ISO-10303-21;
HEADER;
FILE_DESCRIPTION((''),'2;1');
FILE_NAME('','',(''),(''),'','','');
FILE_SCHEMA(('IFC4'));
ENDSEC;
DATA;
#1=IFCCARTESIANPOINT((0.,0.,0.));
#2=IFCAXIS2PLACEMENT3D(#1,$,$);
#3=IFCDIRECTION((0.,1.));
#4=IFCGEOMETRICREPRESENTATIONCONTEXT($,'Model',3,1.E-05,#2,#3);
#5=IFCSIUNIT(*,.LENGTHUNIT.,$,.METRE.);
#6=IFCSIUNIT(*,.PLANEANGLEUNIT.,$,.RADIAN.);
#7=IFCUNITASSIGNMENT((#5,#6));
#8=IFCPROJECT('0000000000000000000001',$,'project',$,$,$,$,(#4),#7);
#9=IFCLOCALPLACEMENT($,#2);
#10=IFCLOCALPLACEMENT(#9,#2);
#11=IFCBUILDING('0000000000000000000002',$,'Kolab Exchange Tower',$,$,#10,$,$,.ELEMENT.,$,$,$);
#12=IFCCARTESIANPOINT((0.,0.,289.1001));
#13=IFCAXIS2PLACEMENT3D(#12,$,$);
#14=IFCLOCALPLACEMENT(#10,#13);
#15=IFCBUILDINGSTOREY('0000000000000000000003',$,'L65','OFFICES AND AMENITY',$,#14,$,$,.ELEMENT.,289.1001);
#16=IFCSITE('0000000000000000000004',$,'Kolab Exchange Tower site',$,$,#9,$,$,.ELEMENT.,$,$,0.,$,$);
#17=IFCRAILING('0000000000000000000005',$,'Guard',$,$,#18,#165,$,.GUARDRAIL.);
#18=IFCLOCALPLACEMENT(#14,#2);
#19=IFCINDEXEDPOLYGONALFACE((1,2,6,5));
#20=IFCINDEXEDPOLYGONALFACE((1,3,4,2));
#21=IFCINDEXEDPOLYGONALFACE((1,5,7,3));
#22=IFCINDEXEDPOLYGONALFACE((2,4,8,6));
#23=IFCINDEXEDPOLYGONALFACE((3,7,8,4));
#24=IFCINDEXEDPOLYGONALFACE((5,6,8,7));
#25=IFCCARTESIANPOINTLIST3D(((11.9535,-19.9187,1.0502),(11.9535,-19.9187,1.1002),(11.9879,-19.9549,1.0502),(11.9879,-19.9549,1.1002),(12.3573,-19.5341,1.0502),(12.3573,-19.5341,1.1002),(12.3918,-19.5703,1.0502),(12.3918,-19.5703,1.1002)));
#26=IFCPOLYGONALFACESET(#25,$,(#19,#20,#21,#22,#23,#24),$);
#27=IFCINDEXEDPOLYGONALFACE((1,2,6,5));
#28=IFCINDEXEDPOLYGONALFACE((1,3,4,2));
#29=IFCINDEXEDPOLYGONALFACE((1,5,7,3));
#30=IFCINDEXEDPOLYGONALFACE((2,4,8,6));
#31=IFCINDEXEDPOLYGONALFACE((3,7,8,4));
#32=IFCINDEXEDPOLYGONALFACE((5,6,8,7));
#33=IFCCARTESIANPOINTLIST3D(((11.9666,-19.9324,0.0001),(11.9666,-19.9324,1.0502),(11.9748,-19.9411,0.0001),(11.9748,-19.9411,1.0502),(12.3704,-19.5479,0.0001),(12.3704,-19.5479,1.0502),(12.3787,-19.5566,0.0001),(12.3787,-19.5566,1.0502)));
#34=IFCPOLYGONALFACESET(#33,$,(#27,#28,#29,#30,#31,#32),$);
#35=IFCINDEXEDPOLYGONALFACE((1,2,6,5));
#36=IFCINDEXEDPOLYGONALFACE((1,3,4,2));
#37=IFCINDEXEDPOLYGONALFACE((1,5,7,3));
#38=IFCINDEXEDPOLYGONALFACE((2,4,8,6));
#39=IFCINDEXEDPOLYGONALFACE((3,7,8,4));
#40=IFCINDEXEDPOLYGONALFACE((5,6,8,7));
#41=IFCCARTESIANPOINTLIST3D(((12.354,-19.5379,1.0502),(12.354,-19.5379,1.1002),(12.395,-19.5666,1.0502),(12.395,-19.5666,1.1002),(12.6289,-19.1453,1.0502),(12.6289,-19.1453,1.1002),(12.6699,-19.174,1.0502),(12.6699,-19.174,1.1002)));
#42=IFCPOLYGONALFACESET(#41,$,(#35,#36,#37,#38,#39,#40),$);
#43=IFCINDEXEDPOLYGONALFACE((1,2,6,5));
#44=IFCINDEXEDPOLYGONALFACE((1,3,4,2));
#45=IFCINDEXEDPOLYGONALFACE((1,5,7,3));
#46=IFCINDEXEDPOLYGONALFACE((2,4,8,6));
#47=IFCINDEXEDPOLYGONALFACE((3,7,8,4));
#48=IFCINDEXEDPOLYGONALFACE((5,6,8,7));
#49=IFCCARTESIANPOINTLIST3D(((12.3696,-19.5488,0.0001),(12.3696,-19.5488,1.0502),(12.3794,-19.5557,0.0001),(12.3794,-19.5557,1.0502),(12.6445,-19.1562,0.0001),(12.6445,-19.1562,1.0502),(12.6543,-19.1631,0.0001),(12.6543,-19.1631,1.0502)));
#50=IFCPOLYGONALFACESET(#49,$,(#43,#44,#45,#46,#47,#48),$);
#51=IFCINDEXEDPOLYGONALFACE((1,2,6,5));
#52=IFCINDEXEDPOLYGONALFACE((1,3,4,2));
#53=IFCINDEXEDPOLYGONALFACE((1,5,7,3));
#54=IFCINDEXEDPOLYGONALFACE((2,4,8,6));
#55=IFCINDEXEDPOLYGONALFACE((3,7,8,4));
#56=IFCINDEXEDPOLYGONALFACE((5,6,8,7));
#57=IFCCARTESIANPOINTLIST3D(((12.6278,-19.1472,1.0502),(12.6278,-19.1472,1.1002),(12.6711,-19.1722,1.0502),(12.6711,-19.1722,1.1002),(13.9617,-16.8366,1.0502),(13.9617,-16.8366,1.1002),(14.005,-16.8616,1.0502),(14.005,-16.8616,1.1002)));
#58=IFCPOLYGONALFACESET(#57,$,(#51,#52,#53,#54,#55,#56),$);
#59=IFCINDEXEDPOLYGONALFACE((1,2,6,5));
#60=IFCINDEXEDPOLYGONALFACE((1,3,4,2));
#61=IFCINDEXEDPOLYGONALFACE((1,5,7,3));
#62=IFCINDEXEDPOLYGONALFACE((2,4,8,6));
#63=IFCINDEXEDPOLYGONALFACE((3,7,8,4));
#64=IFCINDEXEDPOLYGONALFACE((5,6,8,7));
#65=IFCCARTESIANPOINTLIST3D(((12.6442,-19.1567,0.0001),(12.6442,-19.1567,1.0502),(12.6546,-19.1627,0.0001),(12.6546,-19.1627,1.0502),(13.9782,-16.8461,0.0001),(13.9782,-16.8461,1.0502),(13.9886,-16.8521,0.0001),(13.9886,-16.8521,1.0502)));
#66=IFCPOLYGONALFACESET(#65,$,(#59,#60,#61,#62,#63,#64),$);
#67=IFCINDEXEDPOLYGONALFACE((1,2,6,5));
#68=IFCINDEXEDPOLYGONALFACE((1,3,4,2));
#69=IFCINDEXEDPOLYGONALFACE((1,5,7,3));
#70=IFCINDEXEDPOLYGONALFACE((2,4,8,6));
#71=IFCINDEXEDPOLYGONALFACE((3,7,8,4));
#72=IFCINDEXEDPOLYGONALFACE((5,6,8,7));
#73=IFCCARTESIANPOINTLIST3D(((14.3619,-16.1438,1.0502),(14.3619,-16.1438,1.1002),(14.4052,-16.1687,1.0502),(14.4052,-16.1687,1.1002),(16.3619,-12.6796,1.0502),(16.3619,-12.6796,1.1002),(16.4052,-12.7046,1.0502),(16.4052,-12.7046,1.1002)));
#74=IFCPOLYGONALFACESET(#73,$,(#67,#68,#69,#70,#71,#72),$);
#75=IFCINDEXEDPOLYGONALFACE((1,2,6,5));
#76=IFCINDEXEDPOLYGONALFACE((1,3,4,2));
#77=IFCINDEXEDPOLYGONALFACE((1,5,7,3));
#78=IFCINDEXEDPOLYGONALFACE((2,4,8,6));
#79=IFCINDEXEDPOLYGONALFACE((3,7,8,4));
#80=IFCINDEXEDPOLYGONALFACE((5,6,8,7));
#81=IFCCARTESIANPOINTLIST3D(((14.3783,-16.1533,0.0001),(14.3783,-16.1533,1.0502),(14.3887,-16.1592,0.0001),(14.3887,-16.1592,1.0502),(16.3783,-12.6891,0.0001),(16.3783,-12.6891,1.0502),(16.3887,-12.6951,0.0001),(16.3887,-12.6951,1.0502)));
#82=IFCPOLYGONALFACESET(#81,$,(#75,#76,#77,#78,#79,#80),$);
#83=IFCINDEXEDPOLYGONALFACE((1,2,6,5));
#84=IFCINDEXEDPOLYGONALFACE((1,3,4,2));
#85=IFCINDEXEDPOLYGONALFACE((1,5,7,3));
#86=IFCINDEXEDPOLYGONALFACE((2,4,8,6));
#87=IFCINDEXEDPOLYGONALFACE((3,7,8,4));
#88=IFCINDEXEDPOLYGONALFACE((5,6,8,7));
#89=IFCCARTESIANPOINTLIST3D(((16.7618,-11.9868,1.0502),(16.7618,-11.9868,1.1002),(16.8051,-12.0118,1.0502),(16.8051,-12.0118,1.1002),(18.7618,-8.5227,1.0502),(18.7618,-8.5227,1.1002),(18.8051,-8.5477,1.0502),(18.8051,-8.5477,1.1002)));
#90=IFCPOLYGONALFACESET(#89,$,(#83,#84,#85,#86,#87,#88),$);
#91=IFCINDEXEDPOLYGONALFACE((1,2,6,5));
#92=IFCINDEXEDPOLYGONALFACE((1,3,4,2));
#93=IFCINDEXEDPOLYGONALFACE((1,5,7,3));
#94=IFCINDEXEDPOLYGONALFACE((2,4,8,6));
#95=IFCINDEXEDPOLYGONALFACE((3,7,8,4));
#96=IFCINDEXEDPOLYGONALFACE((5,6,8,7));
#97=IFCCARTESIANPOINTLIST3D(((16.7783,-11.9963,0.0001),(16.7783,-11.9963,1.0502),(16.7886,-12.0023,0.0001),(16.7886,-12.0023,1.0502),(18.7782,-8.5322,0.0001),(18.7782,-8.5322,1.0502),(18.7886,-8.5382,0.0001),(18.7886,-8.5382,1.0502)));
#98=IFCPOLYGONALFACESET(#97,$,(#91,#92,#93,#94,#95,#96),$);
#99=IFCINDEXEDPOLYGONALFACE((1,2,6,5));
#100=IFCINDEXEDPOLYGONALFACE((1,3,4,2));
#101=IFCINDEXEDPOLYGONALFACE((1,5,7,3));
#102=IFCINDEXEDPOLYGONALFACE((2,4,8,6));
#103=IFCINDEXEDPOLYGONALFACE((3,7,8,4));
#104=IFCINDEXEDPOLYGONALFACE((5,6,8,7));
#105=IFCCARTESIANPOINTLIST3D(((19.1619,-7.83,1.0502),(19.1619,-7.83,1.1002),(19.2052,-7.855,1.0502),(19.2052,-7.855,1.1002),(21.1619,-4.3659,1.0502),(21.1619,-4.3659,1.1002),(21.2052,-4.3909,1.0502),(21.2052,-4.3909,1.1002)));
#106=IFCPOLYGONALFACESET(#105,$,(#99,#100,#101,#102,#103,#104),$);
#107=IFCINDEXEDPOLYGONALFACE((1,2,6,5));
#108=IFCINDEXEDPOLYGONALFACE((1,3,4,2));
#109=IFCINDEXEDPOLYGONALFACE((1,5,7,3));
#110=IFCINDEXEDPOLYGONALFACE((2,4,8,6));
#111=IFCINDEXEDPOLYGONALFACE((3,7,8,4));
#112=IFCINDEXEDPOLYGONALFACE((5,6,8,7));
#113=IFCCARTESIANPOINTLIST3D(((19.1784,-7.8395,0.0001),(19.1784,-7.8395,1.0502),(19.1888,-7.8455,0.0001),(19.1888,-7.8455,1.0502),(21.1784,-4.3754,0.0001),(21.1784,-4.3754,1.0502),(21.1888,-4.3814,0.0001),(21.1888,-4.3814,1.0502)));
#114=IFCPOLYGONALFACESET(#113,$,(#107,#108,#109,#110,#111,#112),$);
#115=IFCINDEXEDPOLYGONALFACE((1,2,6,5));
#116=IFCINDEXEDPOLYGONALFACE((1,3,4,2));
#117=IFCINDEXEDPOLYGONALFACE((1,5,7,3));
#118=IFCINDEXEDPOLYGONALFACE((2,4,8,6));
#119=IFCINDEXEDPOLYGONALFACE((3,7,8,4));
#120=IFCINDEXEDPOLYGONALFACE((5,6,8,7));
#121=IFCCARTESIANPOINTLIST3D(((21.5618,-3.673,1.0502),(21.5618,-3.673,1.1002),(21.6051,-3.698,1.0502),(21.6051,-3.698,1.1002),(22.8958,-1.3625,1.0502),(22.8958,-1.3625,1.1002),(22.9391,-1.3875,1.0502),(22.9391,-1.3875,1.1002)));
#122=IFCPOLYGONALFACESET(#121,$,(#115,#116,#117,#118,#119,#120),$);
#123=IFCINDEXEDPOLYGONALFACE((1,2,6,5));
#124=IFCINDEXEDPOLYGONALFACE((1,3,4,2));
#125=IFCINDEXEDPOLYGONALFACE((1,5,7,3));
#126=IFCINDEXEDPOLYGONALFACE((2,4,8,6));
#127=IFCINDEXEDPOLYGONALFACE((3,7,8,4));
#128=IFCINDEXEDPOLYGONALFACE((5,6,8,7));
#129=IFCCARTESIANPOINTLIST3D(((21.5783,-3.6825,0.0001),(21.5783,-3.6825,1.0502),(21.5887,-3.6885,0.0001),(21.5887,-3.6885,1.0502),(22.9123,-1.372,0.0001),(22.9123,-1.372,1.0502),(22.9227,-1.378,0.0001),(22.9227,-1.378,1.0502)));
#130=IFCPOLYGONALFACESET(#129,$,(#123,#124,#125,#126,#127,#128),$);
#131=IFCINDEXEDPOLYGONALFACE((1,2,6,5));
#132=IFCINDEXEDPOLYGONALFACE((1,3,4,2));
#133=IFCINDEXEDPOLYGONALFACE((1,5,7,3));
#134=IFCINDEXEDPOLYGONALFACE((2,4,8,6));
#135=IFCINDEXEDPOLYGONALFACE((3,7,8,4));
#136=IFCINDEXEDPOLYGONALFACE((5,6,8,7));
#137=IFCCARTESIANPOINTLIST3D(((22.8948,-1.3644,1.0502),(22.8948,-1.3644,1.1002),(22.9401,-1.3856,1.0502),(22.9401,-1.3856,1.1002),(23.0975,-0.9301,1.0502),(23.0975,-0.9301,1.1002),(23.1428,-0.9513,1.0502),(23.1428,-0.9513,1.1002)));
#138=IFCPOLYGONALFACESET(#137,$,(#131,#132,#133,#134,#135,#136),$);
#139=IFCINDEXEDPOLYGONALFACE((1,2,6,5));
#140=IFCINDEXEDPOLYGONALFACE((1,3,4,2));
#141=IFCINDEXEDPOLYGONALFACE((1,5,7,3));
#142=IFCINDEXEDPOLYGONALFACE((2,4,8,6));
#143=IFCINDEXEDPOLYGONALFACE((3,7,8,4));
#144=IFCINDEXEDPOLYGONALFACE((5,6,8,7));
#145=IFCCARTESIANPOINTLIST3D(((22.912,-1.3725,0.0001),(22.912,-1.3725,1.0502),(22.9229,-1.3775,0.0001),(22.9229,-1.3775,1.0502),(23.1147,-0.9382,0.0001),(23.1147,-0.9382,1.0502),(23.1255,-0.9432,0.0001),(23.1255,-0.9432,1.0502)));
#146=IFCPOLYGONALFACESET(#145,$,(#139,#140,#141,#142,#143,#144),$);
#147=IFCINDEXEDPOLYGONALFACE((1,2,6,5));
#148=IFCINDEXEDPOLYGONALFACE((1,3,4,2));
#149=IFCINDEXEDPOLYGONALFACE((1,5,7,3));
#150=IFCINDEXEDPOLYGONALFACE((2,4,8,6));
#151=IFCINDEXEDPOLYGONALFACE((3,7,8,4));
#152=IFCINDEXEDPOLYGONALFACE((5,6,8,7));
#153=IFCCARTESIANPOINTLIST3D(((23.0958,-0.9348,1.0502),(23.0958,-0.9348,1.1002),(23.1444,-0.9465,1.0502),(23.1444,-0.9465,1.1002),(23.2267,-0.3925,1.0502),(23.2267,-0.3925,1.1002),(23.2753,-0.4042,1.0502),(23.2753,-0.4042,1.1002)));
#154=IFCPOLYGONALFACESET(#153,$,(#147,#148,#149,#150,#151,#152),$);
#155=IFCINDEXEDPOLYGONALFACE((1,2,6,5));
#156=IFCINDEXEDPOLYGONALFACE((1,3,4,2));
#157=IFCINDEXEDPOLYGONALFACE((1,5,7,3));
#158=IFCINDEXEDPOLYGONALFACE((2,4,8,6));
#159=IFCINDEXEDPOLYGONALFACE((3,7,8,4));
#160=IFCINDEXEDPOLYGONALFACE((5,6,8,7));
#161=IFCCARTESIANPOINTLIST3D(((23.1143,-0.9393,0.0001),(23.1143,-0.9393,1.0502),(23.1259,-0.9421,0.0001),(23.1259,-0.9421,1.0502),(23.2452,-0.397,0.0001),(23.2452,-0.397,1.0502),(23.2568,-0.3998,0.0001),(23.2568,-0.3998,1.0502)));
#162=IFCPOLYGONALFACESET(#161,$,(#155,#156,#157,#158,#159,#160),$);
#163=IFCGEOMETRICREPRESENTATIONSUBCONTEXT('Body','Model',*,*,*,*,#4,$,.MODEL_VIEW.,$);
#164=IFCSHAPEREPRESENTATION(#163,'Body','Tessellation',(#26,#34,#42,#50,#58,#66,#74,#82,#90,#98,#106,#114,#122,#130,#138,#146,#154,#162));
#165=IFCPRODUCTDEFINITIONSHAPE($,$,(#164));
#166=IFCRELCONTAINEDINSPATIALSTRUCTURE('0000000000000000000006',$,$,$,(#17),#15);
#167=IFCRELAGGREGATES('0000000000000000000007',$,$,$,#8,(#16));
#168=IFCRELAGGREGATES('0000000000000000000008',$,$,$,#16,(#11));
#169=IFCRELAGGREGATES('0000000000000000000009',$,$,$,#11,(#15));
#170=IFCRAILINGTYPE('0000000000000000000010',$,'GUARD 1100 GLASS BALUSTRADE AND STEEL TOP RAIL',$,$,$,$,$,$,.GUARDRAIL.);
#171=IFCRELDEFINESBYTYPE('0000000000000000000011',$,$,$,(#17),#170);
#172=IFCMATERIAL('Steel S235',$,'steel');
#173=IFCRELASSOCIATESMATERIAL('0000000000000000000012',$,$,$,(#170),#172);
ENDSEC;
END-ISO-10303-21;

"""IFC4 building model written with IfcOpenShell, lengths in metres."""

from ifc_helpers import new_model, si_unit, direction, frame, frame_2d, origin, origin_2d, place, context, subcontext, project, spatial, rectangle, extrude, material, type_object, element, save


model = new_model("IFC4")

# Units and contexts
model_context = context("Model", 3, precision=1e-05, world=origin(), true_north=direction((0.0, 1.0)))
body_context = subcontext(model_context, "Body", "Model", "MODEL_VIEW")
ifc_project = project(units=[si_unit("LENGTHUNIT", "METRE"), si_unit("PLANEANGLEUNIT", "RADIAN")], contexts=[model_context])

# Site, building, storey
site_placement = place(None, origin())
site = spatial("IfcSite", under=ifc_project, at=site_placement, Name="Kolab Exchange Tower site", CompositionType="ELEMENT", RefElevation=0.0)
building_placement = place(site_placement, origin())
building = spatial("IfcBuilding", under=site, at=building_placement, Name="Kolab Exchange Tower", CompositionType="ELEMENT")
storey_placement = place(building_placement, frame((0.0, 0.0, 289.1001)))
storey = spatial("IfcBuildingStorey", under=building, at=storey_placement, Name="L65", Description="OFFICES AND AMENITY", CompositionType="ELEMENT", Elevation=289.1001)

# Railing
ifc_material_1 = material(Name="Steel S235", Category="steel")
railing_type = type_object("IfcRailingType", Name="GUARD 1100 GLASS BALUSTRADE AND STEEL TOP RAIL", PredefinedType="GUARDRAIL", material=ifc_material_1)
railing_placement = place(storey_placement, frame((11.9707, -19.9368, 0.0)))
element("IfcRailing", 1, at=railing_placement, inside=storey, type_object=railing_type, Name="Guard", PredefinedType="GUARDRAIL", context=body_context, shape_type="SweptSolid", body=[
    extrude(rectangle(XDim=0.05, YDim=0.05, at=origin_2d()), frame((0.0, 0.0, 1.0752), z_axis=(0.72419, 0.689601, 0.0), x_axis=(-0.689601, 0.72419, 0.0)), (0.0, 0.0, 1.0), 0.5576),
    extrude(rectangle(XDim=0.012, YDim=1.0501, at=frame_2d((0.0, 0.5251))), frame((0.0, 0.0, 0.0), z_axis=(0.72419, 0.689601, 0.0), x_axis=(-0.689601, 0.72419, 0.0)), (0.0, 0.0, 1.0), 0.5576),
    extrude(rectangle(XDim=0.05, YDim=0.05, at=origin_2d()), frame((0.4038, 0.3845, 1.0752), z_axis=(0.573599, 0.819136, 0.0), x_axis=(-0.819136, 0.573599, 0.0)), (0.0, 0.0, 1.0), 0.4792),
    extrude(rectangle(XDim=0.012, YDim=1.0501, at=frame_2d((0.0, 0.5251))), frame((0.4038, 0.3845, 0.0), z_axis=(0.573599, 0.819136, 0.0), x_axis=(-0.819136, 0.573599, 0.0)), (0.0, 0.0, 1.0), 0.4792),
    extrude(rectangle(XDim=0.05, YDim=0.05, at=origin_2d()), frame((0.6787, 0.7771, 1.0752), z_axis=(0.499997, 0.866027, 0.0), x_axis=(-0.866027, 0.499997, 0.0)), (0.0, 0.0, 1.0), 2.668),
    extrude(rectangle(XDim=0.012, YDim=1.0501, at=frame_2d((0.0, 0.5251))), frame((0.6787, 0.7771, 0.0), z_axis=(0.499997, 0.866027, 0.0), x_axis=(-0.866027, 0.499997, 0.0)), (0.0, 0.0, 1.0), 2.668),
    extrude(rectangle(XDim=0.05, YDim=0.05, at=origin_2d()), frame((2.4128, 3.7805, 1.0752), z_axis=(0.499999, 0.866026, 0.0), x_axis=(-0.866026, 0.499999, 0.0)), (0.0, 0.0, 1.0), 4.0),
    extrude(rectangle(XDim=0.012, YDim=1.0501, at=frame_2d((0.0, 0.5251))), frame((2.4128, 3.7805, 0.0), z_axis=(0.499999, 0.866026, 0.0), x_axis=(-0.866026, 0.499999, 0.0)), (0.0, 0.0, 1.0), 4.0),
    extrude(rectangle(XDim=0.05, YDim=0.05, at=origin_2d()), frame((4.8127, 7.9375, 1.0752), z_axis=(0.499999, 0.866026, 0.0), x_axis=(-0.866026, 0.499999, 0.0)), (0.0, 0.0, 1.0), 4.0),
    extrude(rectangle(XDim=0.012, YDim=1.0501, at=frame_2d((0.0, 0.5251))), frame((4.8127, 7.9375, 0.0), z_axis=(0.499999, 0.866026, 0.0), x_axis=(-0.866026, 0.499999, 0.0)), (0.0, 0.0, 1.0), 4.0),
    extrude(rectangle(XDim=0.05, YDim=0.05, at=origin_2d()), frame((7.2129, 12.0942, 1.0752), z_axis=(0.499999, 0.866026, 0.0), x_axis=(-0.866026, 0.499999, 0.0)), (0.0, 0.0, 1.0), 4.0),
    extrude(rectangle(XDim=0.012, YDim=1.0501, at=frame_2d((0.0, 0.5251))), frame((7.2129, 12.0942, 0.0), z_axis=(0.499999, 0.866026, 0.0), x_axis=(-0.866026, 0.499999, 0.0)), (0.0, 0.0, 1.0), 4.0),
    extrude(rectangle(XDim=0.05, YDim=0.05, at=origin_2d()), frame((9.6128, 16.2512, 1.0752), z_axis=(0.499997, 0.866027, 0.0), x_axis=(-0.866027, 0.499997, 0.0)), (0.0, 0.0, 1.0), 2.668),
    extrude(rectangle(XDim=0.012, YDim=1.0501, at=frame_2d((0.0, 0.5251))), frame((9.6128, 16.2512, 0.0), z_axis=(0.499997, 0.866027, 0.0), x_axis=(-0.866027, 0.499997, 0.0)), (0.0, 0.0, 1.0), 2.668),
    extrude(rectangle(XDim=0.05, YDim=0.05, at=origin_2d()), frame((10.9468, 18.5618, 1.0752), z_axis=(0.422802, 0.906222, 0.0), x_axis=(-0.906222, 0.422802, 0.0)), (0.0, 0.0, 1.0), 0.4792),
    extrude(rectangle(XDim=0.012, YDim=1.0501, at=frame_2d((0.0, 0.5251))), frame((10.9468, 18.5618, 0.0), z_axis=(0.422802, 0.906222, 0.0), x_axis=(-0.906222, 0.422802, 0.0)), (0.0, 0.0, 1.0), 0.4792),
    extrude(rectangle(XDim=0.05, YDim=0.05, at=origin_2d()), frame((11.1494, 18.9961, 1.0752), z_axis=(0.234598, 0.972093, 0.0), x_axis=(-0.972093, 0.234598, 0.0)), (0.0, 0.0, 1.0), 0.5579),
    extrude(rectangle(XDim=0.012, YDim=1.0501, at=frame_2d((0.0, 0.5251))), frame((11.1494, 18.9961, 0.0), z_axis=(0.234598, 0.972093, 0.0), x_axis=(-0.972093, 0.234598, 0.0)), (0.0, 0.0, 1.0), 0.5579),
])

save(model, "model.ifc")
